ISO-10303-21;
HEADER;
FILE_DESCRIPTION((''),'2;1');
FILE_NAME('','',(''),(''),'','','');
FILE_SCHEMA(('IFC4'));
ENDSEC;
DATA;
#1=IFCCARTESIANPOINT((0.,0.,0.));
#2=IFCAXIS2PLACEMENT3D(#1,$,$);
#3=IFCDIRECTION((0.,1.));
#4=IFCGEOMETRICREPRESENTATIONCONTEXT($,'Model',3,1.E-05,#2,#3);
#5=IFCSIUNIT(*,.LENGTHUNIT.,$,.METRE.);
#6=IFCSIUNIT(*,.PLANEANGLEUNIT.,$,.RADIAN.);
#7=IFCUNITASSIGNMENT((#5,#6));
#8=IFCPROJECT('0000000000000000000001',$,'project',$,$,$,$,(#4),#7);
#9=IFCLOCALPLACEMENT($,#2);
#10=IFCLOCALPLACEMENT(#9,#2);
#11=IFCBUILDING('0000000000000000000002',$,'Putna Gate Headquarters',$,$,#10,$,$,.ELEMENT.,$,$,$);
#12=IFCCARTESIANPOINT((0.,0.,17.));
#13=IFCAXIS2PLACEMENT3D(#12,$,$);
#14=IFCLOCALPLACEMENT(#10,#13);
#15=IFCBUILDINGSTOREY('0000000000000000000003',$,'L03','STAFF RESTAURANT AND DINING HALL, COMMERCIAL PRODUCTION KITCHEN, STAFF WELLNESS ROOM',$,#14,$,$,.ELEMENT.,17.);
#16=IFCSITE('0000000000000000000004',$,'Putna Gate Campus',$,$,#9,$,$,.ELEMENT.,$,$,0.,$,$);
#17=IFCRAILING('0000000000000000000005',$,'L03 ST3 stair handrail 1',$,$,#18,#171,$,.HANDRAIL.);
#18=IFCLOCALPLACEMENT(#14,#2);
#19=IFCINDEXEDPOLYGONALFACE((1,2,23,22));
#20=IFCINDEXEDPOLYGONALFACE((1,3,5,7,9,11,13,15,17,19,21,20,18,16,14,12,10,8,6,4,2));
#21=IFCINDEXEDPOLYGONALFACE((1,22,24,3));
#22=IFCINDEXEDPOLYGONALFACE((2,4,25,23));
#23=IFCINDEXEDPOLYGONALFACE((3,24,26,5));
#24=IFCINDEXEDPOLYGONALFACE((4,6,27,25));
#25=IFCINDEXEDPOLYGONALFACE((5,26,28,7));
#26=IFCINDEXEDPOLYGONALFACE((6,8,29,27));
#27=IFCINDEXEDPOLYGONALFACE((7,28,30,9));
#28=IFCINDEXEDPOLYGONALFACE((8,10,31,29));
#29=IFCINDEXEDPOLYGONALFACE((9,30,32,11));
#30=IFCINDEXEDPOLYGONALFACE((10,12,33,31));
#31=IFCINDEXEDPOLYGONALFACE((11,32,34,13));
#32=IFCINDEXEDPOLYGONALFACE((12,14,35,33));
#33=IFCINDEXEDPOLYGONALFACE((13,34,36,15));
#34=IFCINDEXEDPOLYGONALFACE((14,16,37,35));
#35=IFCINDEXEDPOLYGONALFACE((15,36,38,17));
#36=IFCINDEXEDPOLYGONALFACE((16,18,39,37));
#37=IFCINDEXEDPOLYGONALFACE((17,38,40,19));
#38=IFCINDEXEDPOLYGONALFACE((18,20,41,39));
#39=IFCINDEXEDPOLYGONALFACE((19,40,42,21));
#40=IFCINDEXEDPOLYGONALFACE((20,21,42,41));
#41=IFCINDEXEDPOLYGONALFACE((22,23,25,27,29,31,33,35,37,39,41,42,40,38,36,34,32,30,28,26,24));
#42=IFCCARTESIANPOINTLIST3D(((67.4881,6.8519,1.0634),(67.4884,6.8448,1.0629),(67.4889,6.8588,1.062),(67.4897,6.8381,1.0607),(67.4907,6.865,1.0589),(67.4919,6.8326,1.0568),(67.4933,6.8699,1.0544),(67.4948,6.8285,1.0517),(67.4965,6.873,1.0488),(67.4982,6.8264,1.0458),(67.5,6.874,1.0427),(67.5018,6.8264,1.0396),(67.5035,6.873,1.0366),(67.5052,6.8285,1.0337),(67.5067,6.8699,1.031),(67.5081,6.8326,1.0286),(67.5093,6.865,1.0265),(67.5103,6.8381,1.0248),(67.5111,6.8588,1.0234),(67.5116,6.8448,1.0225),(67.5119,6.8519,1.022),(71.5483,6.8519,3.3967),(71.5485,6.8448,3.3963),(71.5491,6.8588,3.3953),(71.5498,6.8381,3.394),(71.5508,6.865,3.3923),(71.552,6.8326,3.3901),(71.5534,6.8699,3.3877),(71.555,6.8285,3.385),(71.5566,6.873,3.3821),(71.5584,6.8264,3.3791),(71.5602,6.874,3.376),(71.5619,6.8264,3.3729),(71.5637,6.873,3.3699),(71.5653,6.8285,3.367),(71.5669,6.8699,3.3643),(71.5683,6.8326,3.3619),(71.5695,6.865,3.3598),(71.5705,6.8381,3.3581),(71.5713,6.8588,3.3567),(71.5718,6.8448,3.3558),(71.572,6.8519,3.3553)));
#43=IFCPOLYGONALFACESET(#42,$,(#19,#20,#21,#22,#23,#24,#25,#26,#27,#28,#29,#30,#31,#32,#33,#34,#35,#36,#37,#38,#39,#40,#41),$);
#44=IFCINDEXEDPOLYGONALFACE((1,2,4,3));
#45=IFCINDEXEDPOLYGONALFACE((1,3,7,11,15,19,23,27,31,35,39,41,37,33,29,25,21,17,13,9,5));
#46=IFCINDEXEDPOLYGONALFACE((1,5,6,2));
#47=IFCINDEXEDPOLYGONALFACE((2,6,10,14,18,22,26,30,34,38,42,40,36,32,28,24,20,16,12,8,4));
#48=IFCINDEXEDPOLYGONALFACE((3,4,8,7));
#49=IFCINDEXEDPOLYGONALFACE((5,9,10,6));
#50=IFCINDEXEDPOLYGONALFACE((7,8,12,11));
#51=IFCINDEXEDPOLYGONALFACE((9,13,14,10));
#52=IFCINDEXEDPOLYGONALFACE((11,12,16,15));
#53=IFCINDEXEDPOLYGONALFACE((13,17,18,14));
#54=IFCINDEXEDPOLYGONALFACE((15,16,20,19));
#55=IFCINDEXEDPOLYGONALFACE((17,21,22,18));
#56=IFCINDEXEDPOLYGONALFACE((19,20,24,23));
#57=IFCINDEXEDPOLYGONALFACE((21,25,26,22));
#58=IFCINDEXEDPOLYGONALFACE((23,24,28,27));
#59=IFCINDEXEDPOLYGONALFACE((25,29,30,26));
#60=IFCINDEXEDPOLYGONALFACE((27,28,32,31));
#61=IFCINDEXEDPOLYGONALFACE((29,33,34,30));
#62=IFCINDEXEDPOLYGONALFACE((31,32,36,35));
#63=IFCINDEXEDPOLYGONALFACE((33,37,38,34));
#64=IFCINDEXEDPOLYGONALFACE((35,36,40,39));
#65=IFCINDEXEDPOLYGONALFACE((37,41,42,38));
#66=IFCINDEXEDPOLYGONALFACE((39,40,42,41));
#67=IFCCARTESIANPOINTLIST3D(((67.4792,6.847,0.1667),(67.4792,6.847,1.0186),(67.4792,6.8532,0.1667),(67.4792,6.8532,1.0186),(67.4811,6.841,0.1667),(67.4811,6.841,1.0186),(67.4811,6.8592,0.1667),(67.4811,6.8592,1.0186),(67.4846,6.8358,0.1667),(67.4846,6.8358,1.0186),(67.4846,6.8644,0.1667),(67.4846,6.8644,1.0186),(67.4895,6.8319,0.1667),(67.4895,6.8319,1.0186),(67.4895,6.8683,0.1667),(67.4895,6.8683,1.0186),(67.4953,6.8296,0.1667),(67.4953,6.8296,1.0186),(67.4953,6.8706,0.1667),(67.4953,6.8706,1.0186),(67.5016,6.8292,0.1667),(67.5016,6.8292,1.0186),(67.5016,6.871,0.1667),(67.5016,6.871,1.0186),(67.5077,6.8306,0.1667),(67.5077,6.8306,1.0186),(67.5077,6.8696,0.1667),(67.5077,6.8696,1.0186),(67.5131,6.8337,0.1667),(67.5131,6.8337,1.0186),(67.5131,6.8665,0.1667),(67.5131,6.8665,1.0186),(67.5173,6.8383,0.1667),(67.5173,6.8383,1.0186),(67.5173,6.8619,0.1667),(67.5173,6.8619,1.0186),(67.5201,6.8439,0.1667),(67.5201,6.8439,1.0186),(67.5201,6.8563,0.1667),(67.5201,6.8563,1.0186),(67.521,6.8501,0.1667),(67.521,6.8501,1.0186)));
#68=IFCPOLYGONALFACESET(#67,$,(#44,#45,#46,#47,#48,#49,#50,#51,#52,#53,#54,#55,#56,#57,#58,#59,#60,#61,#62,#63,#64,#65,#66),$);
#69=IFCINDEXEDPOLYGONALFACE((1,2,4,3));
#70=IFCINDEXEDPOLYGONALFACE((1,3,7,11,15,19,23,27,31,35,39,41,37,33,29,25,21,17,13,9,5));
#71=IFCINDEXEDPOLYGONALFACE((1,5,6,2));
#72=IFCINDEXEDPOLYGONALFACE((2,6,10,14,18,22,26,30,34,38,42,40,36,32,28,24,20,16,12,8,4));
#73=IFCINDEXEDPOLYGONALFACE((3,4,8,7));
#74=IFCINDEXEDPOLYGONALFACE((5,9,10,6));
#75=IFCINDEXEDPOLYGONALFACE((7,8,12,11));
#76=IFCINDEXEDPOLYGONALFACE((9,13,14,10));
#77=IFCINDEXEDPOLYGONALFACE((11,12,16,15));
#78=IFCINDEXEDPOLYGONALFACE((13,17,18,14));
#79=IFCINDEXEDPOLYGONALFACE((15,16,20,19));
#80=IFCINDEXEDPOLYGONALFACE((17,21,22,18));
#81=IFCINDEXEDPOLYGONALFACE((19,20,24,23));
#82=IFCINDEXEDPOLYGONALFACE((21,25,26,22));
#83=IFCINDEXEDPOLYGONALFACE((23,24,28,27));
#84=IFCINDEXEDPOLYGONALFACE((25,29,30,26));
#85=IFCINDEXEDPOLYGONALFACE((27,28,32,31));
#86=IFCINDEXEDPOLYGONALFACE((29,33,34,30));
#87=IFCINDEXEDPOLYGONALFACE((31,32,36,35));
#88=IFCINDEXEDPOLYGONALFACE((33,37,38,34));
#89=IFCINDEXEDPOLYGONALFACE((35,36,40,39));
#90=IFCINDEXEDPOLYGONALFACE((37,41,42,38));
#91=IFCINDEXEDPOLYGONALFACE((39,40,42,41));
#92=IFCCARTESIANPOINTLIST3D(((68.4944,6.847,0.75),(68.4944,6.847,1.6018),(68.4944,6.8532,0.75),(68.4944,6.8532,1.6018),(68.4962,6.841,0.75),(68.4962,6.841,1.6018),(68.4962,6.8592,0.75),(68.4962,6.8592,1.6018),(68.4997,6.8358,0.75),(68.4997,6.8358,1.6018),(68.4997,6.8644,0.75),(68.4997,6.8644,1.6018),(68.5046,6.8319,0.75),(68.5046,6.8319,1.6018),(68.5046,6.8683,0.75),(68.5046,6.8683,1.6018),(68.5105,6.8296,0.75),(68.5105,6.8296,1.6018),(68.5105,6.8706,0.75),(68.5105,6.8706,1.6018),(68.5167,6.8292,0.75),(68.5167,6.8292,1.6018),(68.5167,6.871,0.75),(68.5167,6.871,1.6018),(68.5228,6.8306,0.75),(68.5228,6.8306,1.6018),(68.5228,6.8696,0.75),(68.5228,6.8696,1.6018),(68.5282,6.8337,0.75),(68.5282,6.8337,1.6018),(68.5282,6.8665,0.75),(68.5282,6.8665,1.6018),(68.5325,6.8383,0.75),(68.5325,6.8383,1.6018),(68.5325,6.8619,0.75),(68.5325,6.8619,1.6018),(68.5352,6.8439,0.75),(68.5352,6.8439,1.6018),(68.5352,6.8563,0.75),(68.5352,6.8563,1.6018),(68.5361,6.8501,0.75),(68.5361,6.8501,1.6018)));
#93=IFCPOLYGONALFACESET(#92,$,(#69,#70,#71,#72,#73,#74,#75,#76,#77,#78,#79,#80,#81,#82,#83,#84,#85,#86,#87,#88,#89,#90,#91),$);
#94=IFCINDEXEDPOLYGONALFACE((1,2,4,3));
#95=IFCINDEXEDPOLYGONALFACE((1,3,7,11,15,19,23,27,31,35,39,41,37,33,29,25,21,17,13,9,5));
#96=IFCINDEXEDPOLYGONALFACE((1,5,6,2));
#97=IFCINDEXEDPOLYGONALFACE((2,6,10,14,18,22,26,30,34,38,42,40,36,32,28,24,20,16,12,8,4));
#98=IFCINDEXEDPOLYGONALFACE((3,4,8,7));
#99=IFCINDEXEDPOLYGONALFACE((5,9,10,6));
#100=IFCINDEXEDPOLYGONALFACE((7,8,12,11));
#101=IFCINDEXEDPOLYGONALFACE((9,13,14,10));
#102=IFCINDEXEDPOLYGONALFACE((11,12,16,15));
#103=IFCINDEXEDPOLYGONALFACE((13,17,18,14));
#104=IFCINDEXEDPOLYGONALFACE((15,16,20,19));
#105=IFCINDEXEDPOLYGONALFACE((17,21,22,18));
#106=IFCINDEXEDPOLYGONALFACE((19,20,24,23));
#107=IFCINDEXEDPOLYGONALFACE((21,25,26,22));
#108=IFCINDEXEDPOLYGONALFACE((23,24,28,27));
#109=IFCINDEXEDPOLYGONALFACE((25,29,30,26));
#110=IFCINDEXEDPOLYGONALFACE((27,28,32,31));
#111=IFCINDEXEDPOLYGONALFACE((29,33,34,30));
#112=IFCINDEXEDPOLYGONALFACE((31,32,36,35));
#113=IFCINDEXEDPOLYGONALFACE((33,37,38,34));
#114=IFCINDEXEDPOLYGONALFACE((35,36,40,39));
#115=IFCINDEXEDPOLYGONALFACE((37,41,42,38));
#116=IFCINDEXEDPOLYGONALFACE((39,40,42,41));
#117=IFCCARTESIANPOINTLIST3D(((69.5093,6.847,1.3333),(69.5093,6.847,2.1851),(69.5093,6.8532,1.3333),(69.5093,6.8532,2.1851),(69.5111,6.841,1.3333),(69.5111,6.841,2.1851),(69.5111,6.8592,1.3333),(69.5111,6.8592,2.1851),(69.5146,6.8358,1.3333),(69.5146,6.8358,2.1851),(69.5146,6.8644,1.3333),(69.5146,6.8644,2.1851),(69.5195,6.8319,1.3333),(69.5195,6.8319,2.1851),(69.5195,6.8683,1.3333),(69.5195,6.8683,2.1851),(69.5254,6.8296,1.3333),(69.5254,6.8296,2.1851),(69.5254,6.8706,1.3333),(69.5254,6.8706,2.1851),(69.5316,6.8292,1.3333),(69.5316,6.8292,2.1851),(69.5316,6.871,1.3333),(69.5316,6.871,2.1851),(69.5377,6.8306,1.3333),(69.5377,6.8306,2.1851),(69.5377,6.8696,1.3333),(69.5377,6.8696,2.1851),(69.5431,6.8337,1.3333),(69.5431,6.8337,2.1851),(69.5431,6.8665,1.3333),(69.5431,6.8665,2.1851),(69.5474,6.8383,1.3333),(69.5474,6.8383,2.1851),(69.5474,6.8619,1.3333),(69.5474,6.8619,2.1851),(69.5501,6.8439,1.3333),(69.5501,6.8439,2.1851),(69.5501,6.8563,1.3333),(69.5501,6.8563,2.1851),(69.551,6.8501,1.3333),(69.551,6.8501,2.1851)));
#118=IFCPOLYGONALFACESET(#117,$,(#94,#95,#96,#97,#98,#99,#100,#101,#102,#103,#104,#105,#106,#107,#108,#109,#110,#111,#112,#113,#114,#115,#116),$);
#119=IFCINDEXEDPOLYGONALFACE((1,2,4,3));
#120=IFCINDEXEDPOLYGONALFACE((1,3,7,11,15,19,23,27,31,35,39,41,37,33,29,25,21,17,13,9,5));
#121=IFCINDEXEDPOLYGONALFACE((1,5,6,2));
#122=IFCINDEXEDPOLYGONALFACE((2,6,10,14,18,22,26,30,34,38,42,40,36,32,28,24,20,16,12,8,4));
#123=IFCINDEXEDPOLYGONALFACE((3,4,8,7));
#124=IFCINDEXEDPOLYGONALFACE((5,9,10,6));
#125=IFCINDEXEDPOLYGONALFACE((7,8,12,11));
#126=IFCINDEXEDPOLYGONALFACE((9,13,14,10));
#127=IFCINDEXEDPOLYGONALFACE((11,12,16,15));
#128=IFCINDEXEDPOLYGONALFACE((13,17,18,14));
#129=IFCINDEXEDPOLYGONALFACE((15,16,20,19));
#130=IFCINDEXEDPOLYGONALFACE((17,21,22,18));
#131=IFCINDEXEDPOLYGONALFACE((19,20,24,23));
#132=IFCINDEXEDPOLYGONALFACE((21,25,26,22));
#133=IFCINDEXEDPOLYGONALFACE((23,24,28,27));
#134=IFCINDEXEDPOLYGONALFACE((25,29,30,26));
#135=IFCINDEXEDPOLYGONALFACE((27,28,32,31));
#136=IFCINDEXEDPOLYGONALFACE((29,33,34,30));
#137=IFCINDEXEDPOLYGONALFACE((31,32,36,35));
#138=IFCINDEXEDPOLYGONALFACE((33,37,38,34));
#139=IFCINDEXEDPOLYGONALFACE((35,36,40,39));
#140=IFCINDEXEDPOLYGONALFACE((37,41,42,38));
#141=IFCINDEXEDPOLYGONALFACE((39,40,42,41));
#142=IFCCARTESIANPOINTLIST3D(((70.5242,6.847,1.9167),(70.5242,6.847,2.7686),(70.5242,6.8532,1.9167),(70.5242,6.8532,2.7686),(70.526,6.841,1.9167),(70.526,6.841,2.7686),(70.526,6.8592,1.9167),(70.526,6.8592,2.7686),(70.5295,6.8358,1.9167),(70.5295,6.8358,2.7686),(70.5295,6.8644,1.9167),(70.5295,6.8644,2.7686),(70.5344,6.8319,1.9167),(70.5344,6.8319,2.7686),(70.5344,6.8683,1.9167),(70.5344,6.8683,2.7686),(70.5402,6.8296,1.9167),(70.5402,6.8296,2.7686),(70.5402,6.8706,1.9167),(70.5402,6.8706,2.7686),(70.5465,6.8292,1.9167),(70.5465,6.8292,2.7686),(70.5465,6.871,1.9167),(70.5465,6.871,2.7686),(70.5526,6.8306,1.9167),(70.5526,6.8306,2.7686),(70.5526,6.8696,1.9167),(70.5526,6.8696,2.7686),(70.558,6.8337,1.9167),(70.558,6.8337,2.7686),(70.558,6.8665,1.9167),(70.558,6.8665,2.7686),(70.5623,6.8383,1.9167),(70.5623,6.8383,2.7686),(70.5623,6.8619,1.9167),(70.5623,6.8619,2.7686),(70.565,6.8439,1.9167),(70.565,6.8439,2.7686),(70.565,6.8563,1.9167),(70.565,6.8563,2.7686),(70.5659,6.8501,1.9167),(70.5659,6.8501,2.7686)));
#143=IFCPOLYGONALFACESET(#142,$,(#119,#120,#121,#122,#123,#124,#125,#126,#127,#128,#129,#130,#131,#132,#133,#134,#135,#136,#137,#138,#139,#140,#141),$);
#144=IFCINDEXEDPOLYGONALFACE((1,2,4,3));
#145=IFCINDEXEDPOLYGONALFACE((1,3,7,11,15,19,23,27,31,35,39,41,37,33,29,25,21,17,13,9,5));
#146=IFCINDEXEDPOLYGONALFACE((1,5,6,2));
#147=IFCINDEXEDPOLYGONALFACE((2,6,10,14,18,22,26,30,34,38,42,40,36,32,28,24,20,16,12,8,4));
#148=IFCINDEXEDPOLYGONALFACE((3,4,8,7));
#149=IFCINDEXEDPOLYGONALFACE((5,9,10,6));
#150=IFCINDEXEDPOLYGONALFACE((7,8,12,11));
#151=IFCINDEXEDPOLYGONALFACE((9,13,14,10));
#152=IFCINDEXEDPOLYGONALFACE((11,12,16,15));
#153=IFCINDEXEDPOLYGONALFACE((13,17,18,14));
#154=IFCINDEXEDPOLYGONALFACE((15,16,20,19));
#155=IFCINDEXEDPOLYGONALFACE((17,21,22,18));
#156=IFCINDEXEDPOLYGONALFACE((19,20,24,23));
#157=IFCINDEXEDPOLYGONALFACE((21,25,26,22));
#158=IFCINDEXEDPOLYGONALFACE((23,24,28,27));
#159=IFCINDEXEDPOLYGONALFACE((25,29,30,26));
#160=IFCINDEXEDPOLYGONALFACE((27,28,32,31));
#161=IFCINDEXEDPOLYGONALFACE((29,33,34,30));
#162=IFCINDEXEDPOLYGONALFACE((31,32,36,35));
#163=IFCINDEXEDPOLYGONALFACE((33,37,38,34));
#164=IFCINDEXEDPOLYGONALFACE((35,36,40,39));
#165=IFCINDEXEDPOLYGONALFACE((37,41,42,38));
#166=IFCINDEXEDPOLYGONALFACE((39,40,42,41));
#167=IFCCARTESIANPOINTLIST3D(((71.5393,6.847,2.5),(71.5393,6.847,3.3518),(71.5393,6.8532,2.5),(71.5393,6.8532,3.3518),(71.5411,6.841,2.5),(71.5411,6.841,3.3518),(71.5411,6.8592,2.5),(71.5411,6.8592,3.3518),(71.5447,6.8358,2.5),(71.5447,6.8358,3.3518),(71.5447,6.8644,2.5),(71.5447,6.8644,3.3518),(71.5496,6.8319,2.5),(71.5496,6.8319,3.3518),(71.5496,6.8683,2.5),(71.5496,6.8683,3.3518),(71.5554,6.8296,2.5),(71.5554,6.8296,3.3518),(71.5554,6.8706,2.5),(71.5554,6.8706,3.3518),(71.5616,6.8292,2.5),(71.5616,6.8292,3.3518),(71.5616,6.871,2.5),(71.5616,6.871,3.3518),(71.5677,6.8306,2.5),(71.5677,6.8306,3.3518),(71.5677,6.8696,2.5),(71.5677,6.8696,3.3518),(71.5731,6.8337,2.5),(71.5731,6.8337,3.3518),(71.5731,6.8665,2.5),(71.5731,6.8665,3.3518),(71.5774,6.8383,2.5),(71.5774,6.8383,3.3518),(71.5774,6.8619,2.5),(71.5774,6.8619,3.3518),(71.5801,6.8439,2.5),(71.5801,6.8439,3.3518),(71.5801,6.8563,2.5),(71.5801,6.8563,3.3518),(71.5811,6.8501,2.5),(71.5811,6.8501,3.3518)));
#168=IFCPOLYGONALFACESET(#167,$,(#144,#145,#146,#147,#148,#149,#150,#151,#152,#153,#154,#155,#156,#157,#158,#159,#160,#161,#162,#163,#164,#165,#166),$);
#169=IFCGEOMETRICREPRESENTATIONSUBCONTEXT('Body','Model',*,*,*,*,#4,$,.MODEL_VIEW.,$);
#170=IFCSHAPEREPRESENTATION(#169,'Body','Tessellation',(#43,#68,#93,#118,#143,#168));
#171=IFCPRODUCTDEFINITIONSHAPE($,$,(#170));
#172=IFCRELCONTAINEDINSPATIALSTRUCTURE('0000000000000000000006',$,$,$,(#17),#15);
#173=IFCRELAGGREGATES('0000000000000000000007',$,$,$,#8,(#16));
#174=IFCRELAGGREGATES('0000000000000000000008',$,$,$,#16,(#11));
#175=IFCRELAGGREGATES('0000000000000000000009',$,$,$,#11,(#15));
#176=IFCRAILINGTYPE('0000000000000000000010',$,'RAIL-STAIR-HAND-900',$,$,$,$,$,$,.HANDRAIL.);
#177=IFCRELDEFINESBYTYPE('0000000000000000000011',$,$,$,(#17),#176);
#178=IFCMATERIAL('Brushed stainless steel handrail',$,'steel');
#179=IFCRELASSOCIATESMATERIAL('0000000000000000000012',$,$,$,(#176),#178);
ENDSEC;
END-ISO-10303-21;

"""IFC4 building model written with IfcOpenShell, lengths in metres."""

from ifc_helpers import new_model, si_unit, direction, frame, origin, origin_2d, place, context, subcontext, project, spatial, circle, extrude, material, type_object, element, save


model = new_model("IFC4")

# Units and contexts
model_context = context("Model", 3, precision=1e-05, world=origin(), true_north=direction((0.0, 1.0)))
body_context = subcontext(model_context, "Body", "Model", "MODEL_VIEW")
ifc_project = project(units=[si_unit("LENGTHUNIT", "METRE"), si_unit("PLANEANGLEUNIT", "RADIAN")], contexts=[model_context])

# Site, building, storey
site_placement = place(None, origin())
site = spatial("IfcSite", under=ifc_project, at=site_placement, Name="Putna Gate Campus", CompositionType="ELEMENT", RefElevation=0.0)
building_placement = place(site_placement, origin())
building = spatial("IfcBuilding", under=site, at=building_placement, Name="Putna Gate Headquarters", CompositionType="ELEMENT")
storey_placement = place(building_placement, frame((0.0, 0.0, 17.0)))
storey = spatial("IfcBuildingStorey", under=building, at=storey_placement, Name="L03", Description="STAFF RESTAURANT AND DINING HALL, COMMERCIAL PRODUCTION KITCHEN, STAFF WELLNESS ROOM", CompositionType="ELEMENT", Elevation=17.0)

# Railing
ifc_material_1 = material(Name="Brushed stainless steel handrail", Category="steel")
railing_type_1 = type_object("IfcRailingType", Name="RAIL-STAIR-HAND-900", PredefinedType="HANDRAIL", material=ifc_material_1)
railing_1_placement = place(storey_placement, frame((67.5, 6.8501, 0.1667)))
element("IfcRailing", 1, at=railing_1_placement, inside=storey, type_object=railing_type_1, Name="L03 ST3 stair handrail 1", PredefinedType="HANDRAIL", context=body_context, shape_type="SweptSolid", body=[
    extrude(circle(Radius=0.0239, at=origin_2d()), frame((0.0, 0.0, 0.876), z_axis=(0.867025, 0.0, 0.498265), x_axis=(0.0, 1.0, 0.0)), (0.0, 0.0, 1.0), 4.6829),
    extrude(circle(Radius=0.021, at=origin_2d()), origin(), (0.0, 0.0, 1.0), 0.8518),
    extrude(circle(Radius=0.021, at=origin_2d()), frame((1.0151, 0.0, 0.5833)), (0.0, 0.0, 1.0), 0.8518),
    extrude(circle(Radius=0.021, at=origin_2d()), frame((2.03, 0.0, 1.1665)), (0.0, 0.0, 1.0), 0.8518),
    extrude(circle(Radius=0.021, at=origin_2d()), frame((3.0449, 0.0, 1.75)), (0.0, 0.0, 1.0), 0.8518),
    extrude(circle(Radius=0.021, at=origin_2d()), frame((4.0601, 0.0, 2.3333)), (0.0, 0.0, 1.0), 0.8518),
])

save(model, "model.ifc")
